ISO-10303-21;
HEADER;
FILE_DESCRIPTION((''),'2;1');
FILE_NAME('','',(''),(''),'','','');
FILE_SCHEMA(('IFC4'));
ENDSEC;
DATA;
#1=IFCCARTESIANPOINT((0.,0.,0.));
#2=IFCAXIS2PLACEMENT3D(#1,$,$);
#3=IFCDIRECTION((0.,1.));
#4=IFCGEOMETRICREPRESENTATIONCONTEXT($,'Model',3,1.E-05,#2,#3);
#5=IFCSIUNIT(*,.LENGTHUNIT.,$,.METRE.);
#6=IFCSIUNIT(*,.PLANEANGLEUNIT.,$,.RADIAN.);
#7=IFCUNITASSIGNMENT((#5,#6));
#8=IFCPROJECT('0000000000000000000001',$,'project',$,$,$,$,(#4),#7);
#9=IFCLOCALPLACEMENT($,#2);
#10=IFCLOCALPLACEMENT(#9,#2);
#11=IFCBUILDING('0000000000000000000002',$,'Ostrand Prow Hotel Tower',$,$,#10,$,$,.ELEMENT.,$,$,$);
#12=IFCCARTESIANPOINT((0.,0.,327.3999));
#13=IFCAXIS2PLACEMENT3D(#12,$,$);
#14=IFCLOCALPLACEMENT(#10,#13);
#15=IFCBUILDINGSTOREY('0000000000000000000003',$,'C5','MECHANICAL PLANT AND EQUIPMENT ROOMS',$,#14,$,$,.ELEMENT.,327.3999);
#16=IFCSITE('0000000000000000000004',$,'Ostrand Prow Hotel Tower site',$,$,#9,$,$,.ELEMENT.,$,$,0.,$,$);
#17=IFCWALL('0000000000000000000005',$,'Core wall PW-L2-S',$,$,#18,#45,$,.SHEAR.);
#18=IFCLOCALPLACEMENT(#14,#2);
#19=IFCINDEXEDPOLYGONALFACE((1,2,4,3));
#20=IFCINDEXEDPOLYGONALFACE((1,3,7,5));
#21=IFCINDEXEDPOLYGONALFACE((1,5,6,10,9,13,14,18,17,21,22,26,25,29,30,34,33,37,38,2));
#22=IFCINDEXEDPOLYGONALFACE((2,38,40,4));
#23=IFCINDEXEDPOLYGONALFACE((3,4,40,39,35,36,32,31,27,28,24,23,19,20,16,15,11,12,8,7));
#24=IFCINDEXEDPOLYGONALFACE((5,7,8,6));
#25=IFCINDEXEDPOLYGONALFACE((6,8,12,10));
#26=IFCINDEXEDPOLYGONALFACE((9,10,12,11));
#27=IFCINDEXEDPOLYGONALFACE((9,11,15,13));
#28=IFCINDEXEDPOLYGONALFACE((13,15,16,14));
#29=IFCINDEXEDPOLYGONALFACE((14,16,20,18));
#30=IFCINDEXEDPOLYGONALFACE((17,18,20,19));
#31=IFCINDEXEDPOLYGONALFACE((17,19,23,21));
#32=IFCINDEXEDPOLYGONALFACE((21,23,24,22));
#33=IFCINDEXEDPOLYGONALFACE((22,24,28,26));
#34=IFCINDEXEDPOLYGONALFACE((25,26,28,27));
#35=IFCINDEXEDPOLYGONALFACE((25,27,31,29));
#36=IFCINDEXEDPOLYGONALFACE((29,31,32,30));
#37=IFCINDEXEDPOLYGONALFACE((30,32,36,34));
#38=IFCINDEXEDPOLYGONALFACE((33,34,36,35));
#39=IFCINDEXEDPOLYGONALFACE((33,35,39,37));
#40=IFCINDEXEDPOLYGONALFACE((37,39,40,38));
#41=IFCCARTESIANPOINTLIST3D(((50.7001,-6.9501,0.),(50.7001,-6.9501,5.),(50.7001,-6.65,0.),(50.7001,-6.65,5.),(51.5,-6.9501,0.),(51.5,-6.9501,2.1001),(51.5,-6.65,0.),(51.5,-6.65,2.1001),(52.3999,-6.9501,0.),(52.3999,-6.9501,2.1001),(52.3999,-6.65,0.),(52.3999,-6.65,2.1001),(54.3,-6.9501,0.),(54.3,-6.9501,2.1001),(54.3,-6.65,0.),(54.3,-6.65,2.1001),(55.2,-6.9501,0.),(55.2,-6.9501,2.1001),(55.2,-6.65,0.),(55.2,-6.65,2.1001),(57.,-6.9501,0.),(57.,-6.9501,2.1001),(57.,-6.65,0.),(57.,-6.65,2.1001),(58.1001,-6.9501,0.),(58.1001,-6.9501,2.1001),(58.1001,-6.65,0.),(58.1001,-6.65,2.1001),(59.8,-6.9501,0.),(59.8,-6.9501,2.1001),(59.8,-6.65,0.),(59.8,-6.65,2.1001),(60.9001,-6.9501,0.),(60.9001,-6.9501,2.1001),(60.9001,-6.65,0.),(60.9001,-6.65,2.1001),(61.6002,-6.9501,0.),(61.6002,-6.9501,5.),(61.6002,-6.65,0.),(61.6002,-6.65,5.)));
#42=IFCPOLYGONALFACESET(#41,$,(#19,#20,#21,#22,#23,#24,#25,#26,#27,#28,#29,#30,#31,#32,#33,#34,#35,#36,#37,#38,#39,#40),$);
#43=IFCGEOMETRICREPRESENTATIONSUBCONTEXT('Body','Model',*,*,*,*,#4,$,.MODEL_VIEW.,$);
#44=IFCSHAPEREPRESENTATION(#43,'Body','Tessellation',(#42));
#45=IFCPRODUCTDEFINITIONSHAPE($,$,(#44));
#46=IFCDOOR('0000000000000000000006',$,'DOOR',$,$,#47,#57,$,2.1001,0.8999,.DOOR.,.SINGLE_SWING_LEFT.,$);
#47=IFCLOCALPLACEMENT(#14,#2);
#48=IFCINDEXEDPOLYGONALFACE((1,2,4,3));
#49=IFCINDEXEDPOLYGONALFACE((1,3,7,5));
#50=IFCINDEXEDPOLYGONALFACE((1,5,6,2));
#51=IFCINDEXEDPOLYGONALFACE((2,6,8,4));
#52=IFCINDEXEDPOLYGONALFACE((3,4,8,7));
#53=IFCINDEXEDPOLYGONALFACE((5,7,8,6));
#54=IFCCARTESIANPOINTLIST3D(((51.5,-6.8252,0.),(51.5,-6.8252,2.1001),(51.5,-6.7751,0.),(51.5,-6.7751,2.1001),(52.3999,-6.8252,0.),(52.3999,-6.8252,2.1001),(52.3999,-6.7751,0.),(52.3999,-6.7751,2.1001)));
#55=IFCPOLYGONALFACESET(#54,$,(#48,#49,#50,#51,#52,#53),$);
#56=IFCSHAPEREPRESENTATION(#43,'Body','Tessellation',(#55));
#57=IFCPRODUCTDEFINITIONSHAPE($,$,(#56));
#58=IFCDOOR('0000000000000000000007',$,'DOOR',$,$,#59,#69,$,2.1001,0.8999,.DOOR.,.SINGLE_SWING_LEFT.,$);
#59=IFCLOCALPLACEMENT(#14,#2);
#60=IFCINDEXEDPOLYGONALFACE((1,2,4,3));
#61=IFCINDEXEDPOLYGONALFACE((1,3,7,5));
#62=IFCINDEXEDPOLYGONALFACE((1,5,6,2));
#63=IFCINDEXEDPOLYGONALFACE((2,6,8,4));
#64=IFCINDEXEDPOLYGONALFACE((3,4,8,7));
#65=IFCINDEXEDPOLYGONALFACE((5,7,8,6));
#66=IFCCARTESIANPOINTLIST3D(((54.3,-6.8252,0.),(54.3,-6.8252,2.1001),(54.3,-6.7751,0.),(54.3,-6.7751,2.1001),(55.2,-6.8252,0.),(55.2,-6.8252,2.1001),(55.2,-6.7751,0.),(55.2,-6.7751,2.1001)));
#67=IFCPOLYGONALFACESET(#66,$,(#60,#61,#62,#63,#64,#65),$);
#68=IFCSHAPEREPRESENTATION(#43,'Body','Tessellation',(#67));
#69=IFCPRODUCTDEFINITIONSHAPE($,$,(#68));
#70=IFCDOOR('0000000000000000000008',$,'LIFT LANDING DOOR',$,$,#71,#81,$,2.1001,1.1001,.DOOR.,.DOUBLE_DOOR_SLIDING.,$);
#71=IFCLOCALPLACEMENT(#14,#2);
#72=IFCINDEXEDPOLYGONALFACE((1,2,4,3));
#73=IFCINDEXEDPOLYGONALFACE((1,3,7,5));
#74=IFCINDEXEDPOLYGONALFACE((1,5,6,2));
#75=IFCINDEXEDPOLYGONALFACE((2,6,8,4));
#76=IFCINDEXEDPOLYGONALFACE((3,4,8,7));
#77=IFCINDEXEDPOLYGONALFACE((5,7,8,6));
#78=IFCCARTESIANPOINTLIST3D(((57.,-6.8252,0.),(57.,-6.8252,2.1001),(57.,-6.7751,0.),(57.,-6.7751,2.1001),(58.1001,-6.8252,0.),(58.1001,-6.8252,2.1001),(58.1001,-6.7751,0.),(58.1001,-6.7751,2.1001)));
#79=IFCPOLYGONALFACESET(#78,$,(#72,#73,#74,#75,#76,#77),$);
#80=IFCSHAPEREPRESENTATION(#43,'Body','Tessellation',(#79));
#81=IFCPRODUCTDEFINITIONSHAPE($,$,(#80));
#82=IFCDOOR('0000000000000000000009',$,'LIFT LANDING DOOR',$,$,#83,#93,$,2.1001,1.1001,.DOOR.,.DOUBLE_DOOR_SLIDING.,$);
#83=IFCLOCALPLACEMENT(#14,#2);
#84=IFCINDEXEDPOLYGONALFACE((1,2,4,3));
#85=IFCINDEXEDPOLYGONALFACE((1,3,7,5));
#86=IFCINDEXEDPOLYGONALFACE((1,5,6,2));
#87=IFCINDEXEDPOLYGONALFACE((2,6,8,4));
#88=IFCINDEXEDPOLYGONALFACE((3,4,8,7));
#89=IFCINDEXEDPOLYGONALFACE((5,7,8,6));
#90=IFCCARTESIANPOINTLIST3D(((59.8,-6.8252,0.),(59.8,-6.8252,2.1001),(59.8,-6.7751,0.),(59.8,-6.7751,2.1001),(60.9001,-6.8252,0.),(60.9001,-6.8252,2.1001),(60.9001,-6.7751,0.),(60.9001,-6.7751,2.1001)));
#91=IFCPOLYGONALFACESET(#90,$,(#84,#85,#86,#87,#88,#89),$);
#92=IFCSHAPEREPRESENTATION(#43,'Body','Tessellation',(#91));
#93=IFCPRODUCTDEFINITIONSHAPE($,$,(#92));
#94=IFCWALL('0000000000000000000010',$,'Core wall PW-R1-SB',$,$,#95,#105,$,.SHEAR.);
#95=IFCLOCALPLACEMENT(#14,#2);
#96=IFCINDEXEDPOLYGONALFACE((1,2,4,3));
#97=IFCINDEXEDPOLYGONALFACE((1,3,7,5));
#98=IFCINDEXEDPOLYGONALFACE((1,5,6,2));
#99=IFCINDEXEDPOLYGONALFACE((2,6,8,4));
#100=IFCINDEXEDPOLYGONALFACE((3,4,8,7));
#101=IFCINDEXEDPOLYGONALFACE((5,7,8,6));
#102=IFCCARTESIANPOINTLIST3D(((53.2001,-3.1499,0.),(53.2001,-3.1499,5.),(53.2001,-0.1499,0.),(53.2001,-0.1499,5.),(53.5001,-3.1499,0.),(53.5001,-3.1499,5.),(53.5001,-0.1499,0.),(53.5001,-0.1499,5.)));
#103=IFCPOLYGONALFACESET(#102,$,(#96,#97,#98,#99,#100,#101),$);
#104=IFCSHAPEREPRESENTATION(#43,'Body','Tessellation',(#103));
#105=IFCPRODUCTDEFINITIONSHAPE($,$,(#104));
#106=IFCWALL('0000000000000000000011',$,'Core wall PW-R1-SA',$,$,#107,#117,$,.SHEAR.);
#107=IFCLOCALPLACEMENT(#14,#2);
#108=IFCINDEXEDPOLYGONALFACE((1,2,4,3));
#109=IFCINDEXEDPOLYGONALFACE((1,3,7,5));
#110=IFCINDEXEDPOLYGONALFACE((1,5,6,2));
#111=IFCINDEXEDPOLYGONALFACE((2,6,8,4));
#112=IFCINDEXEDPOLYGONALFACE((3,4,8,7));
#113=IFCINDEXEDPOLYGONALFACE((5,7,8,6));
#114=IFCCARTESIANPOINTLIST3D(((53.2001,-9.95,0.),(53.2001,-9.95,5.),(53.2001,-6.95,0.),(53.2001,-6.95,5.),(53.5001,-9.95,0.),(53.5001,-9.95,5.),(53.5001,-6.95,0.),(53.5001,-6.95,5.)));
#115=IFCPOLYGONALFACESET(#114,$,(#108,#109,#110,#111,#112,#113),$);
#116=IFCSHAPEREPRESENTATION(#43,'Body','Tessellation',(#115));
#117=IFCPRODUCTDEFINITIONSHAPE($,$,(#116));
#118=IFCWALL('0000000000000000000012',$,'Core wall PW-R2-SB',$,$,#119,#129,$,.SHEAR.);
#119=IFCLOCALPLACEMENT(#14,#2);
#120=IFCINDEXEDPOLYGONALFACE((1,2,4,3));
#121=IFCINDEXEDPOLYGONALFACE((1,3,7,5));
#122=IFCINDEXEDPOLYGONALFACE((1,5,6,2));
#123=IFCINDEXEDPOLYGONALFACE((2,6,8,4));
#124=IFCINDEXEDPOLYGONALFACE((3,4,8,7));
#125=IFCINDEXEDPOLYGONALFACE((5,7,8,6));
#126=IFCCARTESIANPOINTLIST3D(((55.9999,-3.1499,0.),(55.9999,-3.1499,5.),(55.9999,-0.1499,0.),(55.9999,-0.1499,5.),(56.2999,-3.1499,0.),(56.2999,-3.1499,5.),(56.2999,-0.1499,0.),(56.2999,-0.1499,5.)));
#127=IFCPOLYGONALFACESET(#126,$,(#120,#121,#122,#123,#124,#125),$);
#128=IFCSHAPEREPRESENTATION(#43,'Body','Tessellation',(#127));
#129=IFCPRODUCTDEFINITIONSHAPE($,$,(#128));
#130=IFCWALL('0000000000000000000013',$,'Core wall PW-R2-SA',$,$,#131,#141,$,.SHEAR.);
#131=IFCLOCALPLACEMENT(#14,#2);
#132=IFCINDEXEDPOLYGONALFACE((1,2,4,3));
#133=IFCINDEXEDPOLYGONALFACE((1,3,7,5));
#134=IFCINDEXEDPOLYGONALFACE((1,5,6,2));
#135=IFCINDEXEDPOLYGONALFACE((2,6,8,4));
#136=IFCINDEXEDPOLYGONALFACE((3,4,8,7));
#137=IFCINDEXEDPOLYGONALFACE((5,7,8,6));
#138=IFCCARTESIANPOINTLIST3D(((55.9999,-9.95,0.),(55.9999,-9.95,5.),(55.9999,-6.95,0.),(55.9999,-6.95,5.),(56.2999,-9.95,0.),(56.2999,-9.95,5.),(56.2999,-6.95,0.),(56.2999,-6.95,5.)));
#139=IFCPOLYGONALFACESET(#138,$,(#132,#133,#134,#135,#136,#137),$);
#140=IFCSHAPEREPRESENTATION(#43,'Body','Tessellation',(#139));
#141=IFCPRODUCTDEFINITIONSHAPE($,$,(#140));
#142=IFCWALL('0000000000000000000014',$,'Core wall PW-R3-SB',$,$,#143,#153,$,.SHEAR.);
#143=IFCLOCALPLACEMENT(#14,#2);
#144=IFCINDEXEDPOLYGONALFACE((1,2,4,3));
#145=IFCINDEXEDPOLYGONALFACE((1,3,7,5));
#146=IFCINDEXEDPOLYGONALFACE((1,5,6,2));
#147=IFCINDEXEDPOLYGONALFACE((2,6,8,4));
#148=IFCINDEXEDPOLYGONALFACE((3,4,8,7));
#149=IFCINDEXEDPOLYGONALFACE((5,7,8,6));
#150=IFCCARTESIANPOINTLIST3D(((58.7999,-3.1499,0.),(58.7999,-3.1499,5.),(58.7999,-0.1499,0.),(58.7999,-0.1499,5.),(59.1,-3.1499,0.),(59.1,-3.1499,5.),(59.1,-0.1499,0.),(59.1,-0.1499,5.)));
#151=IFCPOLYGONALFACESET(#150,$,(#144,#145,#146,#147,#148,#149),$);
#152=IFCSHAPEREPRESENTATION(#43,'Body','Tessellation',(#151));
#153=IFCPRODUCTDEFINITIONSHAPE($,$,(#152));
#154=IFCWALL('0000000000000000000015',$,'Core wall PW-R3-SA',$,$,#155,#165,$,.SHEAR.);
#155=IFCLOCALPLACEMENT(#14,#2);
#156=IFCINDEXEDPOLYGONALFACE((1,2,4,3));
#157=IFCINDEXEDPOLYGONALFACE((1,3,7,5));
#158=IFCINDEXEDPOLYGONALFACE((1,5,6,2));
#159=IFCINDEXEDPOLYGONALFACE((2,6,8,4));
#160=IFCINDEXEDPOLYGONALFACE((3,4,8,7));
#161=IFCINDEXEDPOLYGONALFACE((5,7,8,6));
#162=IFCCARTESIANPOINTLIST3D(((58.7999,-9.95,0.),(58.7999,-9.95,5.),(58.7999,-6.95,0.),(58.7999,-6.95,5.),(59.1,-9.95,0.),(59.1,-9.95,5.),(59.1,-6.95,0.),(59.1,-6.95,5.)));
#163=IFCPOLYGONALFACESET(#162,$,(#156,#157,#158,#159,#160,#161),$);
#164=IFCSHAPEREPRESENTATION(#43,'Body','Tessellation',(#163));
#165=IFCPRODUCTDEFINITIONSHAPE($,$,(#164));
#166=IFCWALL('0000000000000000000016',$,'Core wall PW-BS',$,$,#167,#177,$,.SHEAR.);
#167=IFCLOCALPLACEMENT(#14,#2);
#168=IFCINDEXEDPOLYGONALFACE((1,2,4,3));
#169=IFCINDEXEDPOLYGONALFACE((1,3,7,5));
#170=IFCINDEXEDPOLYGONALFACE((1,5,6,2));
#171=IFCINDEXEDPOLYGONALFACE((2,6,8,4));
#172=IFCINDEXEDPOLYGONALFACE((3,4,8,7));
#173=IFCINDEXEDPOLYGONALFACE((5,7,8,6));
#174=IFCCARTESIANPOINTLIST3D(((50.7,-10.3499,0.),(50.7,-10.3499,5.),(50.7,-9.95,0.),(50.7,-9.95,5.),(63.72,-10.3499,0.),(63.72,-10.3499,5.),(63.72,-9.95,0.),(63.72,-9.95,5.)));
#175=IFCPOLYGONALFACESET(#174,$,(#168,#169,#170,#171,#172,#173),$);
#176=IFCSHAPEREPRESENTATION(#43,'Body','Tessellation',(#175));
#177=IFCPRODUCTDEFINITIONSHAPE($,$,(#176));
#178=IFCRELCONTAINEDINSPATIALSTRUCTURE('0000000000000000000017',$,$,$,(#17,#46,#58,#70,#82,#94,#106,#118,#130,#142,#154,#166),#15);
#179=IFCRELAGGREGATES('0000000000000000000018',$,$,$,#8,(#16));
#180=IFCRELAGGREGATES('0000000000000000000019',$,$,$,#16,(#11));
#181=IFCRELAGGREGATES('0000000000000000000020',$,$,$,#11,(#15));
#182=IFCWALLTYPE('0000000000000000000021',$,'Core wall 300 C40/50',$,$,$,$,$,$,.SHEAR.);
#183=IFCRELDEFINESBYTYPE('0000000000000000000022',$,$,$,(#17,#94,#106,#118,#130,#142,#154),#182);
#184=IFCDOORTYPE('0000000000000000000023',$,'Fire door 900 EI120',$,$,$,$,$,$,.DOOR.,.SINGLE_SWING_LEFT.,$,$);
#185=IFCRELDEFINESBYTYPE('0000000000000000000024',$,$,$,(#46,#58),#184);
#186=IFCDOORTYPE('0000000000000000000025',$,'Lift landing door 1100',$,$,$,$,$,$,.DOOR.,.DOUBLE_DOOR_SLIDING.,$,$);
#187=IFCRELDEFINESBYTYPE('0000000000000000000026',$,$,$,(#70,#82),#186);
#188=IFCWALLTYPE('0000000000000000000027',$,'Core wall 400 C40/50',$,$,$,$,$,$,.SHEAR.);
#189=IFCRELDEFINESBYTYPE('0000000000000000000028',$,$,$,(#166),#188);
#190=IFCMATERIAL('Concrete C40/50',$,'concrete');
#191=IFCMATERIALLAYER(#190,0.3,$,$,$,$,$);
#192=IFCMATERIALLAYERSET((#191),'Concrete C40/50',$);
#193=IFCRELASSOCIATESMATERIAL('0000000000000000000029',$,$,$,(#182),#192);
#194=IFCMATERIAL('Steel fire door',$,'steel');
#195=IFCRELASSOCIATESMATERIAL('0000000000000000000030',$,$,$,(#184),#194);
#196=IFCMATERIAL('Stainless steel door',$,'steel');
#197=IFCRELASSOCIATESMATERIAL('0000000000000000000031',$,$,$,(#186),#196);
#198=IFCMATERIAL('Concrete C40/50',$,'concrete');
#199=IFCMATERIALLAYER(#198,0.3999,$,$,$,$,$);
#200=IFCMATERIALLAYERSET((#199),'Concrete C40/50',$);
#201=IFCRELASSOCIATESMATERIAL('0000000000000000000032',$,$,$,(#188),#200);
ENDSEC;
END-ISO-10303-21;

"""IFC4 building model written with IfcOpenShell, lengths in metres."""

from ifc_helpers import new_model, si_unit, direction, frame, frame_2d, origin, place, context, subcontext, project, spatial, rectangle, extrude, material, layer, layer_set, type_object, element, fill, save


model = new_model("IFC4")

# Units and contexts
model_context = context("Model", 3, precision=1e-05, world=origin(), true_north=direction((0.0, 1.0)))
body_context = subcontext(model_context, "Body", "Model", "MODEL_VIEW")
ifc_project = project(units=[si_unit("LENGTHUNIT", "METRE"), si_unit("PLANEANGLEUNIT", "RADIAN")], contexts=[model_context])

# Site, building, storey
site_placement = place(None, origin())
site = spatial("IfcSite", under=ifc_project, at=site_placement, Name="Ostrand Prow Hotel Tower site", CompositionType="ELEMENT", RefElevation=0.0)
building_placement = place(site_placement, origin())
building = spatial("IfcBuilding", under=site, at=building_placement, Name="Ostrand Prow Hotel Tower", CompositionType="ELEMENT")
storey_placement = place(building_placement, frame((0.0, 0.0, 327.3999)))
storey = spatial("IfcBuildingStorey", under=building, at=storey_placement, Name="C5", Description="MECHANICAL PLANT AND EQUIPMENT ROOMS", CompositionType="ELEMENT", Elevation=327.3999)

# Shared definitions
ifc_material_1 = material(Name="Concrete C40/50", Category="concrete")
ifc_layer_1 = layer(ifc_material_1, 0.3)
ifc_layer_set_1 = layer_set([ifc_layer_1], Name="Concrete C40/50")
wall_type_1 = type_object("IfcWallType", Name="Core wall 300 C40/50", PredefinedType="SHEAR", material=ifc_layer_set_1)

# Wall, openings, doors
ifc_material_2 = material(Name="Steel fire door", Category="steel")
door_type_1 = type_object("IfcDoorType", Name="Fire door 900 EI120", OperationType="SINGLE_SWING_LEFT", PredefinedType="DOOR", material=ifc_material_2)
ifc_material_3 = material(Name="Stainless steel door", Category="steel")
door_type_2 = type_object("IfcDoorType", Name="Lift landing door 1100", OperationType="DOUBLE_DOOR_SLIDING", PredefinedType="DOOR", material=ifc_material_3)
wall_1_placement = place(storey_placement, frame((50.7, -6.8, 0.0), z_axis=(0.0, 0.0, 1.0), x_axis=(1.0, 0.0, 0.0)))
wall_1 = element("IfcWall", 1, at=wall_1_placement, inside=storey, type_object=wall_type_1, Name="Core wall PW-L2-S", PredefinedType="SHEAR", context=body_context, shape_type="SweptSolid", body=[
    extrude(rectangle(XDim=10.9001, YDim=0.3, at=frame_2d((5.4502, 0.0))), origin(), (0.0, 0.0, 1.0), 5.0),
])
opening_1_placement = place(wall_1_placement, frame((6.3, 0.0, 0.0)))
opening_1 = element("IfcOpeningElement", 2, at=opening_1_placement, cuts=wall_1, PredefinedType="OPENING", context=body_context, shape_type="SweptSolid", body=[
    extrude(rectangle(XDim=1.1001, YDim=2.1001, at=frame_2d((0.55, 1.05))), frame((0.0, 0.1599, 0.0), z_axis=(0.0, -1.0, 0.0), x_axis=(1.0, 0.0, 0.0)), (0.0, 0.0, 1.0), 0.3201),
])
opening_2_placement = place(wall_1_placement, frame((9.1001, 0.0, 0.0)))
opening_2 = element("IfcOpeningElement", 3, at=opening_2_placement, cuts=wall_1, PredefinedType="OPENING", context=body_context, shape_type="SweptSolid", body=[
    extrude(rectangle(XDim=1.1001, YDim=2.1001, at=frame_2d((0.55, 1.05))), frame((0.0, 0.1599, 0.0), z_axis=(0.0, -1.0, 0.0), x_axis=(1.0, 0.0, 0.0)), (0.0, 0.0, 1.0), 0.3201),
])
opening_3_placement = place(wall_1_placement, frame((0.8, 0.0, 0.0)))
opening_3 = element("IfcOpeningElement", 4, at=opening_3_placement, cuts=wall_1, PredefinedType="OPENING", context=body_context, shape_type="SweptSolid", body=[
    extrude(rectangle(XDim=0.8999, YDim=2.1001, at=frame_2d((0.45, 1.05))), frame((0.0, 0.1599, 0.0), z_axis=(0.0, -1.0, 0.0), x_axis=(1.0, 0.0, 0.0)), (0.0, 0.0, 1.0), 0.3201),
])
opening_4_placement = place(wall_1_placement, frame((3.6001, 0.0, 0.0)))
opening_4 = element("IfcOpeningElement", 5, at=opening_4_placement, cuts=wall_1, PredefinedType="OPENING", context=body_context, shape_type="SweptSolid", body=[
    extrude(rectangle(XDim=0.8999, YDim=2.1001, at=frame_2d((0.45, 1.05))), frame((0.0, 0.1599, 0.0), z_axis=(0.0, -1.0, 0.0), x_axis=(1.0, 0.0, 0.0)), (0.0, 0.0, 1.0), 0.3201),
])
door_1_placement = place(opening_3_placement, origin())
door_1 = element("IfcDoor", 6, at=door_1_placement, inside=storey, type_object=door_type_1, Name="DOOR", OperationType="SINGLE_SWING_LEFT", OverallHeight=2.1001, OverallWidth=0.8999, PredefinedType="DOOR", context=body_context, shape_type="SweptSolid", body=[
    extrude(rectangle(XDim=0.8999, YDim=2.1001, at=frame_2d((0.45, 1.05))), frame((0.0, 0.0249, 0.0), z_axis=(0.0, -1.0, 0.0), x_axis=(1.0, 0.0, 0.0)), (0.0, 0.0, 1.0), 0.05),
])
fill(opening_3, door_1)
door_2_placement = place(opening_4_placement, origin())
door_2 = element("IfcDoor", 7, at=door_2_placement, inside=storey, type_object=door_type_1, Name="DOOR", OperationType="SINGLE_SWING_LEFT", OverallHeight=2.1001, OverallWidth=0.8999, PredefinedType="DOOR", context=body_context, shape_type="SweptSolid", body=[
    extrude(rectangle(XDim=0.8999, YDim=2.1001, at=frame_2d((0.45, 1.05))), frame((0.0, 0.0249, 0.0), z_axis=(0.0, -1.0, 0.0), x_axis=(1.0, 0.0, 0.0)), (0.0, 0.0, 1.0), 0.05),
])
fill(opening_4, door_2)
door_3_placement = place(opening_1_placement, origin())
door_3 = element("IfcDoor", 8, at=door_3_placement, inside=storey, type_object=door_type_2, Name="LIFT LANDING DOOR", OperationType="DOUBLE_DOOR_SLIDING", OverallHeight=2.1001, OverallWidth=1.1001, PredefinedType="DOOR", context=body_context, shape_type="SweptSolid", body=[
    extrude(rectangle(XDim=1.1001, YDim=2.1001, at=frame_2d((0.55, 1.05))), frame((0.0, 0.0249, 0.0), z_axis=(0.0, -1.0, 0.0), x_axis=(1.0, 0.0, 0.0)), (0.0, 0.0, 1.0), 0.05),
])
fill(opening_1, door_3)
door_4_placement = place(opening_2_placement, origin())
door_4 = element("IfcDoor", 9, at=door_4_placement, inside=storey, type_object=door_type_2, Name="LIFT LANDING DOOR", OperationType="DOUBLE_DOOR_SLIDING", OverallHeight=2.1001, OverallWidth=1.1001, PredefinedType="DOOR", context=body_context, shape_type="SweptSolid", body=[
    extrude(rectangle(XDim=1.1001, YDim=2.1001, at=frame_2d((0.55, 1.05))), frame((0.0, 0.0249, 0.0), z_axis=(0.0, -1.0, 0.0), x_axis=(1.0, 0.0, 0.0)), (0.0, 0.0, 1.0), 0.05),
])
fill(opening_2, door_4)

# Walls
for number, where, z_axis, x_axis, name in (
    (10, (53.3501, -3.1499, 0.0), (0.0, 0.0, 1.0), (0.0, 1.0, 0.0), "Core wall PW-R1-SB"),
    (11, (53.3501, -9.95, 0.0), (0.0, 0.0, 1.0), (0.0, 1.0, 0.0), "Core wall PW-R1-SA"),
    (12, (56.1499, -3.1499, 0.0), (0.0, 0.0, 1.0), (0.0, 1.0, 0.0), "Core wall PW-R2-SB"),
    (13, (56.1499, -9.95, 0.0), (0.0, 0.0, 1.0), (0.0, 1.0, 0.0), "Core wall PW-R2-SA"),
    (14, (58.95, -3.1499, 0.0), (0.0, 0.0, 1.0), (0.0, 1.0, 0.0), "Core wall PW-R3-SB"),
    (15, (58.95, -9.95, 0.0), (0.0, 0.0, 1.0), (0.0, 1.0, 0.0), "Core wall PW-R3-SA"),
):
    element("IfcWall", number, at=place(storey_placement, frame(where, z_axis=z_axis, x_axis=x_axis)), inside=storey, type_object=wall_type_1, Name=name, PredefinedType="SHEAR", context=body_context, shape_type="SweptSolid", body=[
        extrude(rectangle(XDim=3.0, YDim=0.3, at=frame_2d((1.5, 0.0))), origin(), (0.0, 0.0, 1.0), 5.0),
    ])
ifc_material_4 = material(Name="Concrete C40/50", Category="concrete")
ifc_layer_2 = layer(ifc_material_4, 0.3999)
ifc_layer_set_2 = layer_set([ifc_layer_2], Name="Concrete C40/50")
wall_type_2 = type_object("IfcWallType", Name="Core wall 400 C40/50", PredefinedType="SHEAR", material=ifc_layer_set_2)
wall_2_placement = place(storey_placement, frame((50.7, -10.1499, 0.0), z_axis=(0.0, 0.0, 1.0), x_axis=(1.0, 0.0, 0.0)))
element("IfcWall", 16, at=wall_2_placement, inside=storey, type_object=wall_type_2, Name="Core wall PW-BS", PredefinedType="SHEAR", context=body_context, shape_type="SweptSolid", body=[
    extrude(rectangle(XDim=13.02, YDim=0.3999, at=frame_2d((6.51, 0.0))), origin(), (0.0, 0.0, 1.0), 5.0),
])

save(model, "model.ifc")
